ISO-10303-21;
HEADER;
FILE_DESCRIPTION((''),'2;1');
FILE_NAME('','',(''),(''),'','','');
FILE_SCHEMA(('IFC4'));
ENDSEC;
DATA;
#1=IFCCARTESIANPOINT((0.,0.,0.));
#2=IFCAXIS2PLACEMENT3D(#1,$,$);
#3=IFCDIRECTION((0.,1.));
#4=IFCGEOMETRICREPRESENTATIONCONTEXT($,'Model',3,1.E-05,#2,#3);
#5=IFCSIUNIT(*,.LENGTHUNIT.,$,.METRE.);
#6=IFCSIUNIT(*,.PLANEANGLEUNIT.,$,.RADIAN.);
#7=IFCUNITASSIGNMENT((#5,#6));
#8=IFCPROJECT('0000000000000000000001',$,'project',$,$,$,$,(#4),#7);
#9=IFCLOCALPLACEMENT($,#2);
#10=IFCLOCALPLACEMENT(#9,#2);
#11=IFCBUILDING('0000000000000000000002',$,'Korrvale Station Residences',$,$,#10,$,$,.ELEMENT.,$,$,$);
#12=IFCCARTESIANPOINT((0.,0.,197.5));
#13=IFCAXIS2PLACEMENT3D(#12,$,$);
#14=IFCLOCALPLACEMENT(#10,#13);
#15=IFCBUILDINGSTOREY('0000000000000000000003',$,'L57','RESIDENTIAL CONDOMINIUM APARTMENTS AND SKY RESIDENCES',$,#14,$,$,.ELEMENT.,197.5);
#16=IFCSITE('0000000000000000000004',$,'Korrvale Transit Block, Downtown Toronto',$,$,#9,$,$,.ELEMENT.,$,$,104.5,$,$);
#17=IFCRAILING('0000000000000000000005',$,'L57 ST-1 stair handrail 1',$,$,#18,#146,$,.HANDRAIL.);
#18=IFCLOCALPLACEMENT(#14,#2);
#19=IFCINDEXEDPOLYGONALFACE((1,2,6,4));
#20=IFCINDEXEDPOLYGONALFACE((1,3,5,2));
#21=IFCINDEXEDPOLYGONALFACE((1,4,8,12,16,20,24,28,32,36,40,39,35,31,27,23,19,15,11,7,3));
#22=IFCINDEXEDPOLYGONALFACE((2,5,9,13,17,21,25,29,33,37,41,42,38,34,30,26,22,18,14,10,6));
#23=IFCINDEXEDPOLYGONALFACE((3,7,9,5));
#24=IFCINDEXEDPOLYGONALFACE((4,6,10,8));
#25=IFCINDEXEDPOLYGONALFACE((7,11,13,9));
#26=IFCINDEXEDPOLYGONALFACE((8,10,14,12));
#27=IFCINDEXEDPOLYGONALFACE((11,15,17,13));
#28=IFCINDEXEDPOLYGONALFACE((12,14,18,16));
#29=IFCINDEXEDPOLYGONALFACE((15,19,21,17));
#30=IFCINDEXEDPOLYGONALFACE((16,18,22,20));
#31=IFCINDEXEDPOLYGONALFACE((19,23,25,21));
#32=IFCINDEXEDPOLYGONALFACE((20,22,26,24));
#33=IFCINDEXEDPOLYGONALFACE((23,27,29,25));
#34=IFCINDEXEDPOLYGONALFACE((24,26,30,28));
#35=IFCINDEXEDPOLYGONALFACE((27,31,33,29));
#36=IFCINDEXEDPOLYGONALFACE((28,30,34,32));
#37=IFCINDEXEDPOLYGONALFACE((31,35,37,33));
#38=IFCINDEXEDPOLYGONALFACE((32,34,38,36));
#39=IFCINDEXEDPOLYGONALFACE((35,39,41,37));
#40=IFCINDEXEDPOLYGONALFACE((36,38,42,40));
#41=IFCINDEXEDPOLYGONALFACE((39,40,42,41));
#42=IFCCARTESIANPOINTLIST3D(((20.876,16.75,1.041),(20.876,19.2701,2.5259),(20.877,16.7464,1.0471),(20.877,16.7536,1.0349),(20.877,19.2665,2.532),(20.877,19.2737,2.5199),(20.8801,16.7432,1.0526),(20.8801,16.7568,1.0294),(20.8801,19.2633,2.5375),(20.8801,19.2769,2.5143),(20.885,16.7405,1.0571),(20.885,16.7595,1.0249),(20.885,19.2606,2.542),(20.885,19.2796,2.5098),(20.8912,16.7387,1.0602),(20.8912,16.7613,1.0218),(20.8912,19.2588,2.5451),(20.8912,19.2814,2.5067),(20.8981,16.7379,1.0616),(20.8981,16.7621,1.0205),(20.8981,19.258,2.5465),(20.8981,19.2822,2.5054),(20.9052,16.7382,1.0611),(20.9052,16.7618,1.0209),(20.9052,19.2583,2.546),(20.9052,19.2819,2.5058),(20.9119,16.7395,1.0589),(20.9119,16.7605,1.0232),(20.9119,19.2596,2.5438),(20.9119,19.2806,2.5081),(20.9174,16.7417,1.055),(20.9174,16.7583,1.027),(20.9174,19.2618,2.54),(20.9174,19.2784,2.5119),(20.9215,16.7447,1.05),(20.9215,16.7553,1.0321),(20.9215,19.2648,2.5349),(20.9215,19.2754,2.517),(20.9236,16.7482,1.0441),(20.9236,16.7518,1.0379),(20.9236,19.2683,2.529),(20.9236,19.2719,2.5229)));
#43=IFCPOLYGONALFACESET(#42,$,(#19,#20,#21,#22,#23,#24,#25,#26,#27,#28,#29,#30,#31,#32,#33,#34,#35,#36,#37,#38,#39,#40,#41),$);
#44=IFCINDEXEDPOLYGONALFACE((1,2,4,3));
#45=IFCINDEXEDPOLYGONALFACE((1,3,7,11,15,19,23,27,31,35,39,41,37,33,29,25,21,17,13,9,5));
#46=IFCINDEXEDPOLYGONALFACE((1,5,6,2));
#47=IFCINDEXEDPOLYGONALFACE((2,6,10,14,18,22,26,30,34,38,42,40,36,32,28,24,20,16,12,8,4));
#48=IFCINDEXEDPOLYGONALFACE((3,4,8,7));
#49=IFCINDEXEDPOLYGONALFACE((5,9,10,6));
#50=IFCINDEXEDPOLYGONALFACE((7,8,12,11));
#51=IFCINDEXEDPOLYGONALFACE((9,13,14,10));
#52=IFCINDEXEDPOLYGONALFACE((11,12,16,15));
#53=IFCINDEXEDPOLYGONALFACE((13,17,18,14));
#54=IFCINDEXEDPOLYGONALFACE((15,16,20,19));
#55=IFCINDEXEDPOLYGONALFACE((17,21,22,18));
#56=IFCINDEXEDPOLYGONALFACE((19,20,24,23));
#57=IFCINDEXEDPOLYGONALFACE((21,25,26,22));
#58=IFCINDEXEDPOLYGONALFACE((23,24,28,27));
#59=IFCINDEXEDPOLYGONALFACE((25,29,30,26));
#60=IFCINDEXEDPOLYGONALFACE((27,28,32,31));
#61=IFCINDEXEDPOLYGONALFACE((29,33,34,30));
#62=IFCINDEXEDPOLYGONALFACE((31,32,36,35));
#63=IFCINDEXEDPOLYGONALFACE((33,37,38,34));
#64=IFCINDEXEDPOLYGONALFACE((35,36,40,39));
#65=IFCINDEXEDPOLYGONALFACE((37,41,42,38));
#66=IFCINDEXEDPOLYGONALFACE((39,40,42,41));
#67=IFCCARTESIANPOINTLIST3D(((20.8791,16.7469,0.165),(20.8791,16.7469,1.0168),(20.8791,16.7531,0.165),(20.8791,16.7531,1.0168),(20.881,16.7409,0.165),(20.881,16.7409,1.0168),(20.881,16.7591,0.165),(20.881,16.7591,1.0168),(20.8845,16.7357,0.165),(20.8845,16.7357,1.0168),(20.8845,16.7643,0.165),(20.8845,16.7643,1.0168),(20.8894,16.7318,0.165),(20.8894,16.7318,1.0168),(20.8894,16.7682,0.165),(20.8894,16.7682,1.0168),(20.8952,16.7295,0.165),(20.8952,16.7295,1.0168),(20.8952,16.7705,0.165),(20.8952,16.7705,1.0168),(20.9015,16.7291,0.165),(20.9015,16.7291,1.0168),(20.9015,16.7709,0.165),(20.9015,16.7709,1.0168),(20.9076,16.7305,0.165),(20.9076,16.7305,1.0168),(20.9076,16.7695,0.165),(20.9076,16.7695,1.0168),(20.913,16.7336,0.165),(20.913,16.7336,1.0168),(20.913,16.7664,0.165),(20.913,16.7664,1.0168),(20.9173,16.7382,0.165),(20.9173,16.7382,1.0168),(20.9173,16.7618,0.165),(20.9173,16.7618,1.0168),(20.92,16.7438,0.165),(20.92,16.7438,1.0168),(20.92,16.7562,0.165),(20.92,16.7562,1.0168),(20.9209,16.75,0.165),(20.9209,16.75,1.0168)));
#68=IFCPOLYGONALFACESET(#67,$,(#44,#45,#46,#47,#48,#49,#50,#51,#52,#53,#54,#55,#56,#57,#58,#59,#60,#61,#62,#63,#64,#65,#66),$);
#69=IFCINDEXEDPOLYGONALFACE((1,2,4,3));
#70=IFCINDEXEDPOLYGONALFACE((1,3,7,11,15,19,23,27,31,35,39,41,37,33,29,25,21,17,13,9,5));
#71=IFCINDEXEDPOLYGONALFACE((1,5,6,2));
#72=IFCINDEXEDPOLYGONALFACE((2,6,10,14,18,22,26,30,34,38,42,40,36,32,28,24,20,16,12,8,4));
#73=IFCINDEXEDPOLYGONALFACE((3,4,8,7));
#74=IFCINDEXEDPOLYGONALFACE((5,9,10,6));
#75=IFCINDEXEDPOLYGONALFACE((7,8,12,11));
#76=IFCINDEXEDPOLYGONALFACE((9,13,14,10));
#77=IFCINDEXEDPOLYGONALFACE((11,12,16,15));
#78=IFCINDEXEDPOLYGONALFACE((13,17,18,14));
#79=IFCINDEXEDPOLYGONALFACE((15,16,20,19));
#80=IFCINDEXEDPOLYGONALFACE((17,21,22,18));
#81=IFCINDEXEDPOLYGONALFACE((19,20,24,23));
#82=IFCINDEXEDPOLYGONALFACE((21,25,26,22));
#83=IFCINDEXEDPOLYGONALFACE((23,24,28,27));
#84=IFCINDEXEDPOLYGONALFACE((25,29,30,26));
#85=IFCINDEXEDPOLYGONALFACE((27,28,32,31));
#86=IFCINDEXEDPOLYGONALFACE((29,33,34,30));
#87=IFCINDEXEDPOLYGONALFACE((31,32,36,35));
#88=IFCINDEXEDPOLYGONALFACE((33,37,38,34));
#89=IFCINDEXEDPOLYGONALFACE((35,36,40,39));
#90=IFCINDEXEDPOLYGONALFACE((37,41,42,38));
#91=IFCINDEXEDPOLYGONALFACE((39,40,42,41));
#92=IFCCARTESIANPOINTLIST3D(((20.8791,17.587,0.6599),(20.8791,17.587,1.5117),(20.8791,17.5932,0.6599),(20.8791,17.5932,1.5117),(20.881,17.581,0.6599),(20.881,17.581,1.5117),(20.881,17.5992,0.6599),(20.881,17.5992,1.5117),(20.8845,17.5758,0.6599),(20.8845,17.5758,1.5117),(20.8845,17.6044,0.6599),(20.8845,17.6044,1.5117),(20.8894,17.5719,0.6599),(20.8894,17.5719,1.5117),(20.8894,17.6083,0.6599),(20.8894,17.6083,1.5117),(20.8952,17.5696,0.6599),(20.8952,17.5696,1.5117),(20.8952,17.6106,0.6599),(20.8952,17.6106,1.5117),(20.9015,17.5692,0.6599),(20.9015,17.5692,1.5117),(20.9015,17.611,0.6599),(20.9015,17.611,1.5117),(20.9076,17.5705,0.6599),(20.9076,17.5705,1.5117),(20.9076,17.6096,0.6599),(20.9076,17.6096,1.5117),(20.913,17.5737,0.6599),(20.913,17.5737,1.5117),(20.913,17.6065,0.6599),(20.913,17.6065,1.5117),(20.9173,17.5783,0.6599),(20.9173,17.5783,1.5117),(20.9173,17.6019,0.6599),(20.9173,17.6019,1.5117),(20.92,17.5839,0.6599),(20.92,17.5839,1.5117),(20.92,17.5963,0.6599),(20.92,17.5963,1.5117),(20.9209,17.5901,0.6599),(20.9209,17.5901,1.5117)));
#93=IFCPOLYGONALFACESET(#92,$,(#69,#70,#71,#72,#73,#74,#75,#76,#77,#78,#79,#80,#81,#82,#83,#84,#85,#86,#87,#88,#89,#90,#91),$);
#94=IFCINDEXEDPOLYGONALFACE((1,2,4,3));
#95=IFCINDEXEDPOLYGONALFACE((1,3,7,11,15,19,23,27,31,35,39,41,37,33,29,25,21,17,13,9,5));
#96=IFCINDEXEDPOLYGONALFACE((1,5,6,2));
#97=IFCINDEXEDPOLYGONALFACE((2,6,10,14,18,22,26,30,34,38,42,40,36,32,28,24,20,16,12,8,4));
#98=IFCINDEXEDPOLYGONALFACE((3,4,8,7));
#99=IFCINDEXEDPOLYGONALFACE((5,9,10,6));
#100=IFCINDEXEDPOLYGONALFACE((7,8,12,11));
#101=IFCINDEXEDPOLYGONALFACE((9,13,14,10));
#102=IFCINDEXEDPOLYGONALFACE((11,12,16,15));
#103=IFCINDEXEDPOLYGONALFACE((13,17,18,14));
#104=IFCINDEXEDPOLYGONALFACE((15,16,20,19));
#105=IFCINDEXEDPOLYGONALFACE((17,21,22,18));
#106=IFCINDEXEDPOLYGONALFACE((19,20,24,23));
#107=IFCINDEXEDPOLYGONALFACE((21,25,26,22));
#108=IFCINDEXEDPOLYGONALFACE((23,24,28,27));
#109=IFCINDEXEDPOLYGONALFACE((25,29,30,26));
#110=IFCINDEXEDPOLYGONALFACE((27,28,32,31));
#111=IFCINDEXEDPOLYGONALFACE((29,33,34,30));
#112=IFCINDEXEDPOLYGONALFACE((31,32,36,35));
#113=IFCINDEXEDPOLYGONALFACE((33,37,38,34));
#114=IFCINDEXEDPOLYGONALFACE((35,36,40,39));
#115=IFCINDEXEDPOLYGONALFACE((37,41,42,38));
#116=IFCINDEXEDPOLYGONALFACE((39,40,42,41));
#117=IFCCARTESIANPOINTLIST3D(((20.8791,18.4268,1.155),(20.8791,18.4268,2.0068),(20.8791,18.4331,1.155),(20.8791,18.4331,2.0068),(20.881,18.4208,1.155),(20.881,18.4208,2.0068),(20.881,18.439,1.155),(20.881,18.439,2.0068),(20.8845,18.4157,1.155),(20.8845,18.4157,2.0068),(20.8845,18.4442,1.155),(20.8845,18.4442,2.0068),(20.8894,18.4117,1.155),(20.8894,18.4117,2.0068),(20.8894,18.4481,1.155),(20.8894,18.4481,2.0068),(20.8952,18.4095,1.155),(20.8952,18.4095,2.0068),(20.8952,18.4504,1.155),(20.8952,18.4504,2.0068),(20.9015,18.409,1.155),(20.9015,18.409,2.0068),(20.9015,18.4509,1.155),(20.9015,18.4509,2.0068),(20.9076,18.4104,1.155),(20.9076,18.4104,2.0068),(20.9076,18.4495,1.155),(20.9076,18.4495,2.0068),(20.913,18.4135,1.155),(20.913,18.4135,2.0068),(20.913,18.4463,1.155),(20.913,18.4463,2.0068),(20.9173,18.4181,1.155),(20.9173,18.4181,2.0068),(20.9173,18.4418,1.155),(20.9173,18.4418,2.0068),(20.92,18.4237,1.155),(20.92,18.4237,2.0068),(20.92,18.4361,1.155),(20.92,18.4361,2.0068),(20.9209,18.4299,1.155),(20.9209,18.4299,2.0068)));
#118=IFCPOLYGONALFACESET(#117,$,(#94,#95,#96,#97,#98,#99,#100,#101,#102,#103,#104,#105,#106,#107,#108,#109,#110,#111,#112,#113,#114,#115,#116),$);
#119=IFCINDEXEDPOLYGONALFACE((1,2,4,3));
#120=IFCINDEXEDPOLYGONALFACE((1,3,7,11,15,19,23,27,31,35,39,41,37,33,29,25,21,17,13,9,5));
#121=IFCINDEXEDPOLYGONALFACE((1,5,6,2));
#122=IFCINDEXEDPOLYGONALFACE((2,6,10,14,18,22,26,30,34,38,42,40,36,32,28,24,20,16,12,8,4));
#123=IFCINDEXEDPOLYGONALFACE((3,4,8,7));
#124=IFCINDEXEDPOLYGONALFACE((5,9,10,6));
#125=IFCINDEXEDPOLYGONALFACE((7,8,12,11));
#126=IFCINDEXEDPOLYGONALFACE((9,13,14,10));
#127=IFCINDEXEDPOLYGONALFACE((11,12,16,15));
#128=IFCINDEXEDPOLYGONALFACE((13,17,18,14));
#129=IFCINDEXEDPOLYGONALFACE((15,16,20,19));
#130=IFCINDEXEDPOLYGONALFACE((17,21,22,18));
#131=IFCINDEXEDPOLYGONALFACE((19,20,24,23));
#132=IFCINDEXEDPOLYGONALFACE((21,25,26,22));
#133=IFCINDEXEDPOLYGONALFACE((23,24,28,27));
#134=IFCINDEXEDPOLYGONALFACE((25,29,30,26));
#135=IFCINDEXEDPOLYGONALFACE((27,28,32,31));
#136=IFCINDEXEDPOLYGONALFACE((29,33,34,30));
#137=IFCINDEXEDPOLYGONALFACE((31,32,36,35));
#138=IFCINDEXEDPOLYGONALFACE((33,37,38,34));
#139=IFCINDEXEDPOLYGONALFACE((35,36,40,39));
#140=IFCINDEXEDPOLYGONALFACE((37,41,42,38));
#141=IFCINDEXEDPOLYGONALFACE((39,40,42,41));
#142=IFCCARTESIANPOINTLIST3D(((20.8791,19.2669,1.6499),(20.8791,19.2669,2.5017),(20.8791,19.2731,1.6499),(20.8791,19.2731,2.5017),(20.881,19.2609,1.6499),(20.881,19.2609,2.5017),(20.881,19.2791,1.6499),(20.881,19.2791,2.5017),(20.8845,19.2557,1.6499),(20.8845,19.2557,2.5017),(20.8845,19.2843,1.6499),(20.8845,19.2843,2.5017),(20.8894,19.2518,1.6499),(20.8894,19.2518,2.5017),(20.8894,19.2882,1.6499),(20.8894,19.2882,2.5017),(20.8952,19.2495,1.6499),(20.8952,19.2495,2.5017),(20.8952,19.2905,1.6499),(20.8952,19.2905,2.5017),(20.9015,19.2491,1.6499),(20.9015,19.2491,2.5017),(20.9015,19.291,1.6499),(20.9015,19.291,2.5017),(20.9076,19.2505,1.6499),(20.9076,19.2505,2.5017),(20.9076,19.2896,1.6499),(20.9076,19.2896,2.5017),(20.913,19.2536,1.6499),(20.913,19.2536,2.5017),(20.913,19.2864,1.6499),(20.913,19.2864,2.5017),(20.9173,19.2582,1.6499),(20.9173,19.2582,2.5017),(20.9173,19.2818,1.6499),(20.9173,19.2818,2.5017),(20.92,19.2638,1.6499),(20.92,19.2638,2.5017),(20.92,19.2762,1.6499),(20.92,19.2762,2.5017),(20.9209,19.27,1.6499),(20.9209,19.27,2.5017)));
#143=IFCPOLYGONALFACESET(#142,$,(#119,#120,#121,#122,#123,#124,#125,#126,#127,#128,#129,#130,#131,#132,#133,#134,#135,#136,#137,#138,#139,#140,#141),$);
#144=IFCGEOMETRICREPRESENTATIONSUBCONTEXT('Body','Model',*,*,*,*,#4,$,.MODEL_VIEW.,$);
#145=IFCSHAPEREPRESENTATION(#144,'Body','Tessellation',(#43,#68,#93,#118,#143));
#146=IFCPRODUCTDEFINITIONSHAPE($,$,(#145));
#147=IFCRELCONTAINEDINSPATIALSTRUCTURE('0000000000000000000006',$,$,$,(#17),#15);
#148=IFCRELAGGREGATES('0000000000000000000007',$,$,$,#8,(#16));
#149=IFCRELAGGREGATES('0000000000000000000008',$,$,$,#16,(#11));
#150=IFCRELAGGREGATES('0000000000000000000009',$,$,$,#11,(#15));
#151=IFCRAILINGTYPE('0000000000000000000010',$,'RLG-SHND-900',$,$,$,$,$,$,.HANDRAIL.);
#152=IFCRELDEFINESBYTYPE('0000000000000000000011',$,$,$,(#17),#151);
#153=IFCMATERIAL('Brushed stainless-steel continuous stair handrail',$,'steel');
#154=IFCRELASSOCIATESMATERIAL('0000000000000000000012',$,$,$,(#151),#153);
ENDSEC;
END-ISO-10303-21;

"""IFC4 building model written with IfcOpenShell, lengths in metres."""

from ifc_helpers import new_model, si_unit, direction, frame, origin, origin_2d, place, context, subcontext, project, spatial, circle, extrude, material, type_object, element, save


model = new_model("IFC4")

# Units and contexts
model_context = context("Model", 3, precision=1e-05, world=origin(), true_north=direction((0.0, 1.0)))
body_context = subcontext(model_context, "Body", "Model", "MODEL_VIEW")
ifc_project = project(units=[si_unit("LENGTHUNIT", "METRE"), si_unit("PLANEANGLEUNIT", "RADIAN")], contexts=[model_context])

# Site, building, storey
site_placement = place(None, origin())
site = spatial("IfcSite", under=ifc_project, at=site_placement, Name="Korrvale Transit Block, Downtown Toronto", CompositionType="ELEMENT", RefElevation=104.5)
building_placement = place(site_placement, origin())
building = spatial("IfcBuilding", under=site, at=building_placement, Name="Korrvale Station Residences", CompositionType="ELEMENT")
storey_placement = place(building_placement, frame((0.0, 0.0, 197.5)))
storey = spatial("IfcBuildingStorey", under=building, at=storey_placement, Name="L57", Description="RESIDENTIAL CONDOMINIUM APARTMENTS AND SKY RESIDENCES", CompositionType="ELEMENT", Elevation=197.5)

# Railing
ifc_material_1 = material(Name="Brushed stainless-steel continuous stair handrail", Category="steel")
railing_type_1 = type_object("IfcRailingType", Name="RLG-SHND-900", PredefinedType="HANDRAIL", material=ifc_material_1)
railing_1_placement = place(storey_placement, frame((20.8999, 16.75, 0.165)))
element("IfcRailing", 1, at=railing_1_placement, inside=storey, type_object=railing_type_1, Name="L57 ST-1 stair handrail 1", PredefinedType="HANDRAIL", context=body_context, shape_type="SweptSolid", body=[
    extrude(circle(Radius=0.0239, at=origin_2d()), frame((0.0, 0.0, 0.876), z_axis=(0.0, 0.861561, 0.507655), x_axis=(-1.0, 0.0, 0.0)), (0.0, 0.0, 1.0), 2.925),
    extrude(circle(Radius=0.021, at=origin_2d()), origin(), (0.0, 0.0, 1.0), 0.8518),
    extrude(circle(Radius=0.021, at=origin_2d()), frame((0.0, 0.8401, 0.4949)), (0.0, 0.0, 1.0), 0.8518),
    extrude(circle(Radius=0.021, at=origin_2d()), frame((0.0, 1.6799, 0.99)), (0.0, 0.0, 1.0), 0.8518),
    extrude(circle(Radius=0.021, at=origin_2d()), frame((0.0, 2.52, 1.4849)), (0.0, 0.0, 1.0), 0.8518),
])

save(model, "model.ifc")
